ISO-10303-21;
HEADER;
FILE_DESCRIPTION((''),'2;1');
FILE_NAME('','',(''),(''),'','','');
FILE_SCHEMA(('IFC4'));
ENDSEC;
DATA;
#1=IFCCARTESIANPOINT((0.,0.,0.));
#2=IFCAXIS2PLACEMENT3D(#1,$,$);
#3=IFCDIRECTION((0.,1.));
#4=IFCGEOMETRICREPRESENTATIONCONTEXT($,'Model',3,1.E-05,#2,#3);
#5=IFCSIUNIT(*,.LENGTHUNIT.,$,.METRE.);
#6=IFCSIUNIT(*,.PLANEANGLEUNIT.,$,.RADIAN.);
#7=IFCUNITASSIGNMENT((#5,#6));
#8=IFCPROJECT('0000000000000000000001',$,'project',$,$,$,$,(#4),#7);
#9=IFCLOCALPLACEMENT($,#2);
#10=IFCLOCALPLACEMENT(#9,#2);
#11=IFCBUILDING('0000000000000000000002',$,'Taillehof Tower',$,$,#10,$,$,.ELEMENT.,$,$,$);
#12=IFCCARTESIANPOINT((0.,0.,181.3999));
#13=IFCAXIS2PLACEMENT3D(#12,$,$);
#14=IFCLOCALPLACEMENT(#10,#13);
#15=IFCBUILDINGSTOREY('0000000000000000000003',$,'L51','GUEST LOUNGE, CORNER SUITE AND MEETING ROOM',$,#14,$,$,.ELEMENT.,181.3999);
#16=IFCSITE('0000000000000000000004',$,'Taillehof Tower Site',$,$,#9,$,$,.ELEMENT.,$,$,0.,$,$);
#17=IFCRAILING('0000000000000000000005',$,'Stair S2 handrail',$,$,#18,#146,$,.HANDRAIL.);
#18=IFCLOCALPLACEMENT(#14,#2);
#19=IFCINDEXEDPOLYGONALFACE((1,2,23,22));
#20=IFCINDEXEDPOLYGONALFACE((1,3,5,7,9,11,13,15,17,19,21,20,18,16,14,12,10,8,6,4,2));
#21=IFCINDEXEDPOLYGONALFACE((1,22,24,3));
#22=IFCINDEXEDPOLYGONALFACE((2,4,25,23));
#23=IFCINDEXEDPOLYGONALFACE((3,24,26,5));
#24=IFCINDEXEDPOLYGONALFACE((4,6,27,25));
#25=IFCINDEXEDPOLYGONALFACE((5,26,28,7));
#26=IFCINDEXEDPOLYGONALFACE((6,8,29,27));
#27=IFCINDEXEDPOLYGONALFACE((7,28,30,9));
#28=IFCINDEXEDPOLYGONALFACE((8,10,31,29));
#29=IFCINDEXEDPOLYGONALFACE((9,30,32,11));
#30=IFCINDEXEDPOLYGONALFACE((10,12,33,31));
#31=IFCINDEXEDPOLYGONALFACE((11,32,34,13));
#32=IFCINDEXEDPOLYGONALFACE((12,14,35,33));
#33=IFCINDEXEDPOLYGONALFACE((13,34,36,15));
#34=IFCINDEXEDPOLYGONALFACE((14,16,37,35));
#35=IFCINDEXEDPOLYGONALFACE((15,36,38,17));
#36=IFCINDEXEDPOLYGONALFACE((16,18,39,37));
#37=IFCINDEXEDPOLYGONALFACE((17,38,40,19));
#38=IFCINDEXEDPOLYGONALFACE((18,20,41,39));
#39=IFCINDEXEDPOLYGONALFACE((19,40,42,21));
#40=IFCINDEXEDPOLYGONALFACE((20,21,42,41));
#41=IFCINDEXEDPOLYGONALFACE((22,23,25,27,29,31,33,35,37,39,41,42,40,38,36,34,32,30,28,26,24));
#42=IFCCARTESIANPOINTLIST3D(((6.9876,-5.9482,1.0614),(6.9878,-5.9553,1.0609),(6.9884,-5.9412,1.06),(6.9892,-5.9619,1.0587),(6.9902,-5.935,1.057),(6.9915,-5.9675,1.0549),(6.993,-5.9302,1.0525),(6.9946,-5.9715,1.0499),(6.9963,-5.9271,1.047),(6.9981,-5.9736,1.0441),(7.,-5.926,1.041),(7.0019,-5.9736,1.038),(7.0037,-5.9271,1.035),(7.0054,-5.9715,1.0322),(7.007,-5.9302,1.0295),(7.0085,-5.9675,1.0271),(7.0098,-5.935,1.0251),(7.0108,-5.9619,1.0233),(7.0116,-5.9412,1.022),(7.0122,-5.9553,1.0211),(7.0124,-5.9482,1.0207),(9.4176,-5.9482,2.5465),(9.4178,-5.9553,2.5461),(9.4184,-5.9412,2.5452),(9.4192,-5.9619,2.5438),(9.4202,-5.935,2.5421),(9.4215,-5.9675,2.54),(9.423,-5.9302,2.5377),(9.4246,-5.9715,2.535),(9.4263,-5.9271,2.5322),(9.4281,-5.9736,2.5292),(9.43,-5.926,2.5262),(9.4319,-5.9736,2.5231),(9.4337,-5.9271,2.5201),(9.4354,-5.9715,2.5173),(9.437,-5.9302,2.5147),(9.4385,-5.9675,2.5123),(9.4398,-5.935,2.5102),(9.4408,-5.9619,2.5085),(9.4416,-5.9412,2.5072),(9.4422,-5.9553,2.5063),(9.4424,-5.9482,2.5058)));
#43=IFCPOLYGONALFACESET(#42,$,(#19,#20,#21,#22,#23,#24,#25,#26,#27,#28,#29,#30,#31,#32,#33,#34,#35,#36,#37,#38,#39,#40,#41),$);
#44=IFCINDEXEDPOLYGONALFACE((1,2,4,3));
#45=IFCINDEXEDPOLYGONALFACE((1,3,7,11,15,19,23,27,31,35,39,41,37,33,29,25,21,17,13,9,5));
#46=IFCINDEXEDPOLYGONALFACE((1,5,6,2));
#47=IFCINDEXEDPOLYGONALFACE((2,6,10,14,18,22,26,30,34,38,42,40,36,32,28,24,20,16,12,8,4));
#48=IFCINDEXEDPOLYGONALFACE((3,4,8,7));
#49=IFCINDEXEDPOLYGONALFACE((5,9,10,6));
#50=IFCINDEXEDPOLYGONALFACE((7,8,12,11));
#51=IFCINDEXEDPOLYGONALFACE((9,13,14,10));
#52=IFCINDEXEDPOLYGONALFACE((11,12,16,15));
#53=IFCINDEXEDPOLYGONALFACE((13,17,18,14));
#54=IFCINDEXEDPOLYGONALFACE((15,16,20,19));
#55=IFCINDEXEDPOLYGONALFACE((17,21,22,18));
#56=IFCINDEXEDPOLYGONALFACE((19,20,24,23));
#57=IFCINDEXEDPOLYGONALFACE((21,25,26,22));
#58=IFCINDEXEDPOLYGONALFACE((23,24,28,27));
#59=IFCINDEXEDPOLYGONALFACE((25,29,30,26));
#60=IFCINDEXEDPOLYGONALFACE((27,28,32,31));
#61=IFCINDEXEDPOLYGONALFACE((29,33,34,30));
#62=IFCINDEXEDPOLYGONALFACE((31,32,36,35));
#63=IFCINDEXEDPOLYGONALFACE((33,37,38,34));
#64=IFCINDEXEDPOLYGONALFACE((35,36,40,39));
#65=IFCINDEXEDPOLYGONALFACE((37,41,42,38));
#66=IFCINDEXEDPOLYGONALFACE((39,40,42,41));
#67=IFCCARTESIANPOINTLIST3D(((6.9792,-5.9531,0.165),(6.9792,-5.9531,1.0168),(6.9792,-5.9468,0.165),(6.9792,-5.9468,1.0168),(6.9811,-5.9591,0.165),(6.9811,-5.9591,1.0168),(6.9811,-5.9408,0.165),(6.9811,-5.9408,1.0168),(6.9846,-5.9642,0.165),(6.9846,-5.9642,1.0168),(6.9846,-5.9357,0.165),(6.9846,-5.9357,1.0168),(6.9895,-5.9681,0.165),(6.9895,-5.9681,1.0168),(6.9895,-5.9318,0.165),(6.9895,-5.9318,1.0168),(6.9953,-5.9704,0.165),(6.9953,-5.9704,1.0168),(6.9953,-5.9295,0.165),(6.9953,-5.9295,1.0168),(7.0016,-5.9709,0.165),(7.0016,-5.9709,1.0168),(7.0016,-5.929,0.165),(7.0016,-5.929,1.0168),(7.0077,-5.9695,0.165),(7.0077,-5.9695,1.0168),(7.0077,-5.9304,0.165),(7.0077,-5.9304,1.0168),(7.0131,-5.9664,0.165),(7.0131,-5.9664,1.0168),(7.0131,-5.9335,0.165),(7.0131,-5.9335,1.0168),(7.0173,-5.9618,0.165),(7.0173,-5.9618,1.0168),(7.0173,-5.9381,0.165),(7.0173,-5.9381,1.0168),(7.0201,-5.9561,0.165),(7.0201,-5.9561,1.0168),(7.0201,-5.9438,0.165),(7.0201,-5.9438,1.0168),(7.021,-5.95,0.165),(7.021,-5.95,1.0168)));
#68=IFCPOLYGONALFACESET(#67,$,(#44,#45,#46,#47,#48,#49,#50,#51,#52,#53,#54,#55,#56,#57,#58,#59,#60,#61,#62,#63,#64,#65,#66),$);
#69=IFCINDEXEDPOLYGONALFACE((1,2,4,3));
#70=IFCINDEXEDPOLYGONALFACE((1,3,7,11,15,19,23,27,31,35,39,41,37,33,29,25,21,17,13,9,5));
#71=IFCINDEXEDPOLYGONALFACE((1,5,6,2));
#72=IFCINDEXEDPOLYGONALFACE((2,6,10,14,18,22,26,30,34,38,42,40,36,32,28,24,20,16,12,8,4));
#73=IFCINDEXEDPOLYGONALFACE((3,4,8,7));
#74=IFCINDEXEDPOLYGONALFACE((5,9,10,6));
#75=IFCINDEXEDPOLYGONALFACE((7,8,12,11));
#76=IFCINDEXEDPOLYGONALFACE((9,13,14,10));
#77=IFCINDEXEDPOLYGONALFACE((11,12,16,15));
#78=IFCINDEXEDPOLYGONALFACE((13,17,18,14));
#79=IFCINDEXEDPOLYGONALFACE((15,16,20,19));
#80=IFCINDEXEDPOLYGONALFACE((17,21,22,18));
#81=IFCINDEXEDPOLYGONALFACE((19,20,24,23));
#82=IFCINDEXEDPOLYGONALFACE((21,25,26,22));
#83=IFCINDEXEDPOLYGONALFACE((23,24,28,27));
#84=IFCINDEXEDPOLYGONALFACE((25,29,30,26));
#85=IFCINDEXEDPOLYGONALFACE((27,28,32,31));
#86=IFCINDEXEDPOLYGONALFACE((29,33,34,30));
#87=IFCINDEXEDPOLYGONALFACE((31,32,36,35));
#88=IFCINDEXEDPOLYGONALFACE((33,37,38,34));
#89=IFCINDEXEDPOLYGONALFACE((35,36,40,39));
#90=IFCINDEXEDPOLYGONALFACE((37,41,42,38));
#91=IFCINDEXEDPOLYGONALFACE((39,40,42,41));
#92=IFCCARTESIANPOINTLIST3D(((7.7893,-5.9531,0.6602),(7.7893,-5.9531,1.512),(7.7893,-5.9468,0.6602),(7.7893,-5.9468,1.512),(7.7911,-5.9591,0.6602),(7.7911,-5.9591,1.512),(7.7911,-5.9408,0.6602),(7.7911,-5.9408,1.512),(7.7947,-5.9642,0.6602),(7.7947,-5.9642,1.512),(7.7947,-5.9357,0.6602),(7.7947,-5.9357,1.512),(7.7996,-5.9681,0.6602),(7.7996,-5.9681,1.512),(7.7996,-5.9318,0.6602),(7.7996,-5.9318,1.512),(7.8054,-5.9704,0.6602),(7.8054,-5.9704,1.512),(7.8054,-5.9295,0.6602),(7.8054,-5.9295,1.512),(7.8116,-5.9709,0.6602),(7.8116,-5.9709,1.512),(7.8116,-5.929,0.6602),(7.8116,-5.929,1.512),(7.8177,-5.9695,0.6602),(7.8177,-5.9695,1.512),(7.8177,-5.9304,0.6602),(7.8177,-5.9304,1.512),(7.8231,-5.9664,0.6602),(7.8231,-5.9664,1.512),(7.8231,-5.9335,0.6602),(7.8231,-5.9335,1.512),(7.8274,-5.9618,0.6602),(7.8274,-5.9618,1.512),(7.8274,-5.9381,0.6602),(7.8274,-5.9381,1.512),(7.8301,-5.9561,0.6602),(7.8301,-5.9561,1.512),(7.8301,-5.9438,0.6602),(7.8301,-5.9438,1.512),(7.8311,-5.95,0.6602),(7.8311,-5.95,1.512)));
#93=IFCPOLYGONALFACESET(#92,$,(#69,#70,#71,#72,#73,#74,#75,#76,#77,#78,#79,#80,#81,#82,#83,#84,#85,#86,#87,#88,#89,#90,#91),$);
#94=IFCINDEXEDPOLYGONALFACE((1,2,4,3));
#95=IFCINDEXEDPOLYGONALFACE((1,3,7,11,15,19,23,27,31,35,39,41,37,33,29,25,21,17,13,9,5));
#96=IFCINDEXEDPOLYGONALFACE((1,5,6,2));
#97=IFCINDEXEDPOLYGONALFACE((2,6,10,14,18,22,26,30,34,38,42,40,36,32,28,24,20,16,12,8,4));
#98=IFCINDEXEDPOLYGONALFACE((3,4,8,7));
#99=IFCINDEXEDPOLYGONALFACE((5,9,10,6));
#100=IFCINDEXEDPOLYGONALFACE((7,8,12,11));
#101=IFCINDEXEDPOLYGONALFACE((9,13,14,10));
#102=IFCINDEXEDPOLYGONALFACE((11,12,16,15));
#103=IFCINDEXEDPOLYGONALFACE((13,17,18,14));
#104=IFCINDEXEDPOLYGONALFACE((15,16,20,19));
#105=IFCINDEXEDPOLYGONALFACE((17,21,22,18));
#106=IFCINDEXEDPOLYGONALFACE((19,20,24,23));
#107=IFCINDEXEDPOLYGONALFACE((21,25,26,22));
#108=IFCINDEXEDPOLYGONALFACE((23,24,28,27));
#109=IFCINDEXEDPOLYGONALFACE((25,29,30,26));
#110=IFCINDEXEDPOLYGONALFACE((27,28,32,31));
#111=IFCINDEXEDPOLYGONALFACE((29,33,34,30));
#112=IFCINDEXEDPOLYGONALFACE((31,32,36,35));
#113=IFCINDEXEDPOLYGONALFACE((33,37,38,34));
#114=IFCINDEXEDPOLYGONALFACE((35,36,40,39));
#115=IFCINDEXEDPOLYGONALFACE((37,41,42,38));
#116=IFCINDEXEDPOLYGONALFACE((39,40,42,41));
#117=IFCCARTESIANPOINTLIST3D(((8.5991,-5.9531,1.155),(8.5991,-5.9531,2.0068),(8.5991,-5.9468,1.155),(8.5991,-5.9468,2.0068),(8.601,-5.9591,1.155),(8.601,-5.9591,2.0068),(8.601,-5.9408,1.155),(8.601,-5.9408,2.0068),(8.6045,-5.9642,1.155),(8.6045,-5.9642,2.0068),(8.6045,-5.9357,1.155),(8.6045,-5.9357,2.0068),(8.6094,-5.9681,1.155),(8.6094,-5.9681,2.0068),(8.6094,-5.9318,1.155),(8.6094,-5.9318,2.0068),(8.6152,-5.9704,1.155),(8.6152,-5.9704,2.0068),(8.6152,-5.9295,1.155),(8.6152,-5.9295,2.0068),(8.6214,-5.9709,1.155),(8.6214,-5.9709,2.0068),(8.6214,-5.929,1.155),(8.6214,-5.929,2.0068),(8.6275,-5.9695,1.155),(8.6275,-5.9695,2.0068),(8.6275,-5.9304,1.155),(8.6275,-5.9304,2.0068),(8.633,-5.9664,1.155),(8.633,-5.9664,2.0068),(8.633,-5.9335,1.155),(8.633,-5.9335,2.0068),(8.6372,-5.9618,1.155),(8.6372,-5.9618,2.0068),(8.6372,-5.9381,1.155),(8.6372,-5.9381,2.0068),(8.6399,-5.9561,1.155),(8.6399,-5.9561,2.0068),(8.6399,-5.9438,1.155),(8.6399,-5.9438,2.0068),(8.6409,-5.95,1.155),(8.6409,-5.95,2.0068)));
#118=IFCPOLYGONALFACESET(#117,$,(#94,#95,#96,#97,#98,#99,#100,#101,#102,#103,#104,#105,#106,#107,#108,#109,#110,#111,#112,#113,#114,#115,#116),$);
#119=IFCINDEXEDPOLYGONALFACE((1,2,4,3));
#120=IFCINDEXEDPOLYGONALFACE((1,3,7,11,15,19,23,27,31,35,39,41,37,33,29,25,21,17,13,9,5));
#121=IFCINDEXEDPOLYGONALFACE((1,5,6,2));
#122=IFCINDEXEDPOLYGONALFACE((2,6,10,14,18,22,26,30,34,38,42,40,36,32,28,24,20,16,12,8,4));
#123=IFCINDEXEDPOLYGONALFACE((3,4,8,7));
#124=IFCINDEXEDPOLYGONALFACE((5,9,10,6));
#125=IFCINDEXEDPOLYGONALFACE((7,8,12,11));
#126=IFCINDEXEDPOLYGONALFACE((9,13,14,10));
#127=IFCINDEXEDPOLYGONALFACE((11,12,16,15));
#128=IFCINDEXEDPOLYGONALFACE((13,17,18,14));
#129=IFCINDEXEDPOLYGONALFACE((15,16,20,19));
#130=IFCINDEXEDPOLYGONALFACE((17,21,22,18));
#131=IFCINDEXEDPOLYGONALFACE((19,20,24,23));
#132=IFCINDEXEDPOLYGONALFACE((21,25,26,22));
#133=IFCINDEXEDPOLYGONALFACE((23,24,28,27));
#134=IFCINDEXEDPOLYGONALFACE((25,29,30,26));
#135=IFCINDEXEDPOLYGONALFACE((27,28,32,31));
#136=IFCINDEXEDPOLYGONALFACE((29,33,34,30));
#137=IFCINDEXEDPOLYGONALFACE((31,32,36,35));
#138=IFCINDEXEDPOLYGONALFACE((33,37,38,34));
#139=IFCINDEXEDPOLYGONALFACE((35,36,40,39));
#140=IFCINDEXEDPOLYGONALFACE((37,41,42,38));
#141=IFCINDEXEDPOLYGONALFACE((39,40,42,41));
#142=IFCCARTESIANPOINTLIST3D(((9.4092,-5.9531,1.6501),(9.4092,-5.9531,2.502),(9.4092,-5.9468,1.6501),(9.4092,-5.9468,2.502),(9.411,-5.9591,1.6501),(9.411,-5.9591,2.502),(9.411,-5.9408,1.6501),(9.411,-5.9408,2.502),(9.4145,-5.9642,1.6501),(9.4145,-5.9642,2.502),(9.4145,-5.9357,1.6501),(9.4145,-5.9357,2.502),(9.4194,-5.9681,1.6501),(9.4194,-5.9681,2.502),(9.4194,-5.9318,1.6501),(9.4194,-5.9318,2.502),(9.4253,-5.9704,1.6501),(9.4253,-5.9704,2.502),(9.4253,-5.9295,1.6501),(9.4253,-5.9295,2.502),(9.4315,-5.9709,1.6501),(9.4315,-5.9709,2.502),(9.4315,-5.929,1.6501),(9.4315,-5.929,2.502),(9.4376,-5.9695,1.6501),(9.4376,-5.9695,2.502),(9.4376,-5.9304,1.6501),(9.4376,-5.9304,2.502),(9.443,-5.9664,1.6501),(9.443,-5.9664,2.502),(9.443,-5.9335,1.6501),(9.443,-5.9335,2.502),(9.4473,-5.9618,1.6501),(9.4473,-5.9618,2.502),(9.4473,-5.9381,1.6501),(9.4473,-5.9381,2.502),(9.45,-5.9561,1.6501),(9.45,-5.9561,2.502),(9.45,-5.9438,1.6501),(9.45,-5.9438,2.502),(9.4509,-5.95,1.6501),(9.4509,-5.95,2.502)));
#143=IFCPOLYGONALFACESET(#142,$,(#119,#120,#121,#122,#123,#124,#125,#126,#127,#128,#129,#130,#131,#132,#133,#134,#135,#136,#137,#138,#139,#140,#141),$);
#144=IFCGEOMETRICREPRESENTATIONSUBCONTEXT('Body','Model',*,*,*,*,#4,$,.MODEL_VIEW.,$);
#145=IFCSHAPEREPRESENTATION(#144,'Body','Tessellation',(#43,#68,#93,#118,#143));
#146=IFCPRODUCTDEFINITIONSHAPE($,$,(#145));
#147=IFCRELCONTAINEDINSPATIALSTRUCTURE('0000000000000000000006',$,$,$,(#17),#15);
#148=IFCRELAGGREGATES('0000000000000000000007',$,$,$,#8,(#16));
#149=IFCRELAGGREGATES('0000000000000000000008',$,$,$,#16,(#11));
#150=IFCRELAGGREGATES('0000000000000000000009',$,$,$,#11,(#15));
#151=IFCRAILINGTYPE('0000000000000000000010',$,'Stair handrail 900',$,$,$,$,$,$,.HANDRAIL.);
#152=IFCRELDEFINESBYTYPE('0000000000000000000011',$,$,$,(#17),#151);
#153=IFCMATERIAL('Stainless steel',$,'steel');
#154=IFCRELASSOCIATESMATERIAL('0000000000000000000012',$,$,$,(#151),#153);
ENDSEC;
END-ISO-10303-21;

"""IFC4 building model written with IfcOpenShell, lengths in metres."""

from ifc_helpers import new_model, si_unit, direction, frame, origin, origin_2d, place, context, subcontext, project, spatial, circle, extrude, material, type_object, element, save


model = new_model("IFC4")

# Units and contexts
model_context = context("Model", 3, precision=1e-05, world=origin(), true_north=direction((0.0, 1.0)))
body_context = subcontext(model_context, "Body", "Model", "MODEL_VIEW")
ifc_project = project(units=[si_unit("LENGTHUNIT", "METRE"), si_unit("PLANEANGLEUNIT", "RADIAN")], contexts=[model_context])

# Site, building, storey
site_placement = place(None, origin())
site = spatial("IfcSite", under=ifc_project, at=site_placement, Name="Taillehof Tower Site", CompositionType="ELEMENT", RefElevation=0.0)
building_placement = place(site_placement, origin())
building = spatial("IfcBuilding", under=site, at=building_placement, Name="Taillehof Tower", CompositionType="ELEMENT")
storey_placement = place(building_placement, frame((0.0, 0.0, 181.3999)))
storey = spatial("IfcBuildingStorey", under=building, at=storey_placement, Name="L51", Description="GUEST LOUNGE, CORNER SUITE AND MEETING ROOM", CompositionType="ELEMENT", Elevation=181.3999)

# Railing
ifc_material_1 = material(Name="Stainless steel", Category="steel")
railing_type = type_object("IfcRailingType", Name="Stair handrail 900", PredefinedType="HANDRAIL", material=ifc_material_1)
railing_placement = place(storey_placement, frame((7.0, -5.95, 0.165)))
element("IfcRailing", 1, at=railing_placement, inside=storey, type_object=railing_type, Name="Stair S2 handrail", PredefinedType="HANDRAIL", context=body_context, shape_type="SweptSolid", body=[
    extrude(circle(Radius=0.0239, at=origin_2d()), frame((0.0, 0.0, 0.876), z_axis=(0.853259, 0.0, 0.521488), x_axis=(0.0, 1.0, 0.0)), (0.0, 0.0, 1.0), 2.8479),
    extrude(circle(Radius=0.021, at=origin_2d()), origin(), (0.0, 0.0, 1.0), 0.8518),
    extrude(circle(Radius=0.021, at=origin_2d()), frame((0.8101, 0.0, 0.4951)), (0.0, 0.0, 1.0), 0.8518),
    extrude(circle(Radius=0.021, at=origin_2d()), frame((1.6199, 0.0, 0.99)), (0.0, 0.0, 1.0), 0.8518),
    extrude(circle(Radius=0.021, at=origin_2d()), frame((2.4299, 0.0, 1.4851)), (0.0, 0.0, 1.0), 0.8518),
])

save(model, "model.ifc")
